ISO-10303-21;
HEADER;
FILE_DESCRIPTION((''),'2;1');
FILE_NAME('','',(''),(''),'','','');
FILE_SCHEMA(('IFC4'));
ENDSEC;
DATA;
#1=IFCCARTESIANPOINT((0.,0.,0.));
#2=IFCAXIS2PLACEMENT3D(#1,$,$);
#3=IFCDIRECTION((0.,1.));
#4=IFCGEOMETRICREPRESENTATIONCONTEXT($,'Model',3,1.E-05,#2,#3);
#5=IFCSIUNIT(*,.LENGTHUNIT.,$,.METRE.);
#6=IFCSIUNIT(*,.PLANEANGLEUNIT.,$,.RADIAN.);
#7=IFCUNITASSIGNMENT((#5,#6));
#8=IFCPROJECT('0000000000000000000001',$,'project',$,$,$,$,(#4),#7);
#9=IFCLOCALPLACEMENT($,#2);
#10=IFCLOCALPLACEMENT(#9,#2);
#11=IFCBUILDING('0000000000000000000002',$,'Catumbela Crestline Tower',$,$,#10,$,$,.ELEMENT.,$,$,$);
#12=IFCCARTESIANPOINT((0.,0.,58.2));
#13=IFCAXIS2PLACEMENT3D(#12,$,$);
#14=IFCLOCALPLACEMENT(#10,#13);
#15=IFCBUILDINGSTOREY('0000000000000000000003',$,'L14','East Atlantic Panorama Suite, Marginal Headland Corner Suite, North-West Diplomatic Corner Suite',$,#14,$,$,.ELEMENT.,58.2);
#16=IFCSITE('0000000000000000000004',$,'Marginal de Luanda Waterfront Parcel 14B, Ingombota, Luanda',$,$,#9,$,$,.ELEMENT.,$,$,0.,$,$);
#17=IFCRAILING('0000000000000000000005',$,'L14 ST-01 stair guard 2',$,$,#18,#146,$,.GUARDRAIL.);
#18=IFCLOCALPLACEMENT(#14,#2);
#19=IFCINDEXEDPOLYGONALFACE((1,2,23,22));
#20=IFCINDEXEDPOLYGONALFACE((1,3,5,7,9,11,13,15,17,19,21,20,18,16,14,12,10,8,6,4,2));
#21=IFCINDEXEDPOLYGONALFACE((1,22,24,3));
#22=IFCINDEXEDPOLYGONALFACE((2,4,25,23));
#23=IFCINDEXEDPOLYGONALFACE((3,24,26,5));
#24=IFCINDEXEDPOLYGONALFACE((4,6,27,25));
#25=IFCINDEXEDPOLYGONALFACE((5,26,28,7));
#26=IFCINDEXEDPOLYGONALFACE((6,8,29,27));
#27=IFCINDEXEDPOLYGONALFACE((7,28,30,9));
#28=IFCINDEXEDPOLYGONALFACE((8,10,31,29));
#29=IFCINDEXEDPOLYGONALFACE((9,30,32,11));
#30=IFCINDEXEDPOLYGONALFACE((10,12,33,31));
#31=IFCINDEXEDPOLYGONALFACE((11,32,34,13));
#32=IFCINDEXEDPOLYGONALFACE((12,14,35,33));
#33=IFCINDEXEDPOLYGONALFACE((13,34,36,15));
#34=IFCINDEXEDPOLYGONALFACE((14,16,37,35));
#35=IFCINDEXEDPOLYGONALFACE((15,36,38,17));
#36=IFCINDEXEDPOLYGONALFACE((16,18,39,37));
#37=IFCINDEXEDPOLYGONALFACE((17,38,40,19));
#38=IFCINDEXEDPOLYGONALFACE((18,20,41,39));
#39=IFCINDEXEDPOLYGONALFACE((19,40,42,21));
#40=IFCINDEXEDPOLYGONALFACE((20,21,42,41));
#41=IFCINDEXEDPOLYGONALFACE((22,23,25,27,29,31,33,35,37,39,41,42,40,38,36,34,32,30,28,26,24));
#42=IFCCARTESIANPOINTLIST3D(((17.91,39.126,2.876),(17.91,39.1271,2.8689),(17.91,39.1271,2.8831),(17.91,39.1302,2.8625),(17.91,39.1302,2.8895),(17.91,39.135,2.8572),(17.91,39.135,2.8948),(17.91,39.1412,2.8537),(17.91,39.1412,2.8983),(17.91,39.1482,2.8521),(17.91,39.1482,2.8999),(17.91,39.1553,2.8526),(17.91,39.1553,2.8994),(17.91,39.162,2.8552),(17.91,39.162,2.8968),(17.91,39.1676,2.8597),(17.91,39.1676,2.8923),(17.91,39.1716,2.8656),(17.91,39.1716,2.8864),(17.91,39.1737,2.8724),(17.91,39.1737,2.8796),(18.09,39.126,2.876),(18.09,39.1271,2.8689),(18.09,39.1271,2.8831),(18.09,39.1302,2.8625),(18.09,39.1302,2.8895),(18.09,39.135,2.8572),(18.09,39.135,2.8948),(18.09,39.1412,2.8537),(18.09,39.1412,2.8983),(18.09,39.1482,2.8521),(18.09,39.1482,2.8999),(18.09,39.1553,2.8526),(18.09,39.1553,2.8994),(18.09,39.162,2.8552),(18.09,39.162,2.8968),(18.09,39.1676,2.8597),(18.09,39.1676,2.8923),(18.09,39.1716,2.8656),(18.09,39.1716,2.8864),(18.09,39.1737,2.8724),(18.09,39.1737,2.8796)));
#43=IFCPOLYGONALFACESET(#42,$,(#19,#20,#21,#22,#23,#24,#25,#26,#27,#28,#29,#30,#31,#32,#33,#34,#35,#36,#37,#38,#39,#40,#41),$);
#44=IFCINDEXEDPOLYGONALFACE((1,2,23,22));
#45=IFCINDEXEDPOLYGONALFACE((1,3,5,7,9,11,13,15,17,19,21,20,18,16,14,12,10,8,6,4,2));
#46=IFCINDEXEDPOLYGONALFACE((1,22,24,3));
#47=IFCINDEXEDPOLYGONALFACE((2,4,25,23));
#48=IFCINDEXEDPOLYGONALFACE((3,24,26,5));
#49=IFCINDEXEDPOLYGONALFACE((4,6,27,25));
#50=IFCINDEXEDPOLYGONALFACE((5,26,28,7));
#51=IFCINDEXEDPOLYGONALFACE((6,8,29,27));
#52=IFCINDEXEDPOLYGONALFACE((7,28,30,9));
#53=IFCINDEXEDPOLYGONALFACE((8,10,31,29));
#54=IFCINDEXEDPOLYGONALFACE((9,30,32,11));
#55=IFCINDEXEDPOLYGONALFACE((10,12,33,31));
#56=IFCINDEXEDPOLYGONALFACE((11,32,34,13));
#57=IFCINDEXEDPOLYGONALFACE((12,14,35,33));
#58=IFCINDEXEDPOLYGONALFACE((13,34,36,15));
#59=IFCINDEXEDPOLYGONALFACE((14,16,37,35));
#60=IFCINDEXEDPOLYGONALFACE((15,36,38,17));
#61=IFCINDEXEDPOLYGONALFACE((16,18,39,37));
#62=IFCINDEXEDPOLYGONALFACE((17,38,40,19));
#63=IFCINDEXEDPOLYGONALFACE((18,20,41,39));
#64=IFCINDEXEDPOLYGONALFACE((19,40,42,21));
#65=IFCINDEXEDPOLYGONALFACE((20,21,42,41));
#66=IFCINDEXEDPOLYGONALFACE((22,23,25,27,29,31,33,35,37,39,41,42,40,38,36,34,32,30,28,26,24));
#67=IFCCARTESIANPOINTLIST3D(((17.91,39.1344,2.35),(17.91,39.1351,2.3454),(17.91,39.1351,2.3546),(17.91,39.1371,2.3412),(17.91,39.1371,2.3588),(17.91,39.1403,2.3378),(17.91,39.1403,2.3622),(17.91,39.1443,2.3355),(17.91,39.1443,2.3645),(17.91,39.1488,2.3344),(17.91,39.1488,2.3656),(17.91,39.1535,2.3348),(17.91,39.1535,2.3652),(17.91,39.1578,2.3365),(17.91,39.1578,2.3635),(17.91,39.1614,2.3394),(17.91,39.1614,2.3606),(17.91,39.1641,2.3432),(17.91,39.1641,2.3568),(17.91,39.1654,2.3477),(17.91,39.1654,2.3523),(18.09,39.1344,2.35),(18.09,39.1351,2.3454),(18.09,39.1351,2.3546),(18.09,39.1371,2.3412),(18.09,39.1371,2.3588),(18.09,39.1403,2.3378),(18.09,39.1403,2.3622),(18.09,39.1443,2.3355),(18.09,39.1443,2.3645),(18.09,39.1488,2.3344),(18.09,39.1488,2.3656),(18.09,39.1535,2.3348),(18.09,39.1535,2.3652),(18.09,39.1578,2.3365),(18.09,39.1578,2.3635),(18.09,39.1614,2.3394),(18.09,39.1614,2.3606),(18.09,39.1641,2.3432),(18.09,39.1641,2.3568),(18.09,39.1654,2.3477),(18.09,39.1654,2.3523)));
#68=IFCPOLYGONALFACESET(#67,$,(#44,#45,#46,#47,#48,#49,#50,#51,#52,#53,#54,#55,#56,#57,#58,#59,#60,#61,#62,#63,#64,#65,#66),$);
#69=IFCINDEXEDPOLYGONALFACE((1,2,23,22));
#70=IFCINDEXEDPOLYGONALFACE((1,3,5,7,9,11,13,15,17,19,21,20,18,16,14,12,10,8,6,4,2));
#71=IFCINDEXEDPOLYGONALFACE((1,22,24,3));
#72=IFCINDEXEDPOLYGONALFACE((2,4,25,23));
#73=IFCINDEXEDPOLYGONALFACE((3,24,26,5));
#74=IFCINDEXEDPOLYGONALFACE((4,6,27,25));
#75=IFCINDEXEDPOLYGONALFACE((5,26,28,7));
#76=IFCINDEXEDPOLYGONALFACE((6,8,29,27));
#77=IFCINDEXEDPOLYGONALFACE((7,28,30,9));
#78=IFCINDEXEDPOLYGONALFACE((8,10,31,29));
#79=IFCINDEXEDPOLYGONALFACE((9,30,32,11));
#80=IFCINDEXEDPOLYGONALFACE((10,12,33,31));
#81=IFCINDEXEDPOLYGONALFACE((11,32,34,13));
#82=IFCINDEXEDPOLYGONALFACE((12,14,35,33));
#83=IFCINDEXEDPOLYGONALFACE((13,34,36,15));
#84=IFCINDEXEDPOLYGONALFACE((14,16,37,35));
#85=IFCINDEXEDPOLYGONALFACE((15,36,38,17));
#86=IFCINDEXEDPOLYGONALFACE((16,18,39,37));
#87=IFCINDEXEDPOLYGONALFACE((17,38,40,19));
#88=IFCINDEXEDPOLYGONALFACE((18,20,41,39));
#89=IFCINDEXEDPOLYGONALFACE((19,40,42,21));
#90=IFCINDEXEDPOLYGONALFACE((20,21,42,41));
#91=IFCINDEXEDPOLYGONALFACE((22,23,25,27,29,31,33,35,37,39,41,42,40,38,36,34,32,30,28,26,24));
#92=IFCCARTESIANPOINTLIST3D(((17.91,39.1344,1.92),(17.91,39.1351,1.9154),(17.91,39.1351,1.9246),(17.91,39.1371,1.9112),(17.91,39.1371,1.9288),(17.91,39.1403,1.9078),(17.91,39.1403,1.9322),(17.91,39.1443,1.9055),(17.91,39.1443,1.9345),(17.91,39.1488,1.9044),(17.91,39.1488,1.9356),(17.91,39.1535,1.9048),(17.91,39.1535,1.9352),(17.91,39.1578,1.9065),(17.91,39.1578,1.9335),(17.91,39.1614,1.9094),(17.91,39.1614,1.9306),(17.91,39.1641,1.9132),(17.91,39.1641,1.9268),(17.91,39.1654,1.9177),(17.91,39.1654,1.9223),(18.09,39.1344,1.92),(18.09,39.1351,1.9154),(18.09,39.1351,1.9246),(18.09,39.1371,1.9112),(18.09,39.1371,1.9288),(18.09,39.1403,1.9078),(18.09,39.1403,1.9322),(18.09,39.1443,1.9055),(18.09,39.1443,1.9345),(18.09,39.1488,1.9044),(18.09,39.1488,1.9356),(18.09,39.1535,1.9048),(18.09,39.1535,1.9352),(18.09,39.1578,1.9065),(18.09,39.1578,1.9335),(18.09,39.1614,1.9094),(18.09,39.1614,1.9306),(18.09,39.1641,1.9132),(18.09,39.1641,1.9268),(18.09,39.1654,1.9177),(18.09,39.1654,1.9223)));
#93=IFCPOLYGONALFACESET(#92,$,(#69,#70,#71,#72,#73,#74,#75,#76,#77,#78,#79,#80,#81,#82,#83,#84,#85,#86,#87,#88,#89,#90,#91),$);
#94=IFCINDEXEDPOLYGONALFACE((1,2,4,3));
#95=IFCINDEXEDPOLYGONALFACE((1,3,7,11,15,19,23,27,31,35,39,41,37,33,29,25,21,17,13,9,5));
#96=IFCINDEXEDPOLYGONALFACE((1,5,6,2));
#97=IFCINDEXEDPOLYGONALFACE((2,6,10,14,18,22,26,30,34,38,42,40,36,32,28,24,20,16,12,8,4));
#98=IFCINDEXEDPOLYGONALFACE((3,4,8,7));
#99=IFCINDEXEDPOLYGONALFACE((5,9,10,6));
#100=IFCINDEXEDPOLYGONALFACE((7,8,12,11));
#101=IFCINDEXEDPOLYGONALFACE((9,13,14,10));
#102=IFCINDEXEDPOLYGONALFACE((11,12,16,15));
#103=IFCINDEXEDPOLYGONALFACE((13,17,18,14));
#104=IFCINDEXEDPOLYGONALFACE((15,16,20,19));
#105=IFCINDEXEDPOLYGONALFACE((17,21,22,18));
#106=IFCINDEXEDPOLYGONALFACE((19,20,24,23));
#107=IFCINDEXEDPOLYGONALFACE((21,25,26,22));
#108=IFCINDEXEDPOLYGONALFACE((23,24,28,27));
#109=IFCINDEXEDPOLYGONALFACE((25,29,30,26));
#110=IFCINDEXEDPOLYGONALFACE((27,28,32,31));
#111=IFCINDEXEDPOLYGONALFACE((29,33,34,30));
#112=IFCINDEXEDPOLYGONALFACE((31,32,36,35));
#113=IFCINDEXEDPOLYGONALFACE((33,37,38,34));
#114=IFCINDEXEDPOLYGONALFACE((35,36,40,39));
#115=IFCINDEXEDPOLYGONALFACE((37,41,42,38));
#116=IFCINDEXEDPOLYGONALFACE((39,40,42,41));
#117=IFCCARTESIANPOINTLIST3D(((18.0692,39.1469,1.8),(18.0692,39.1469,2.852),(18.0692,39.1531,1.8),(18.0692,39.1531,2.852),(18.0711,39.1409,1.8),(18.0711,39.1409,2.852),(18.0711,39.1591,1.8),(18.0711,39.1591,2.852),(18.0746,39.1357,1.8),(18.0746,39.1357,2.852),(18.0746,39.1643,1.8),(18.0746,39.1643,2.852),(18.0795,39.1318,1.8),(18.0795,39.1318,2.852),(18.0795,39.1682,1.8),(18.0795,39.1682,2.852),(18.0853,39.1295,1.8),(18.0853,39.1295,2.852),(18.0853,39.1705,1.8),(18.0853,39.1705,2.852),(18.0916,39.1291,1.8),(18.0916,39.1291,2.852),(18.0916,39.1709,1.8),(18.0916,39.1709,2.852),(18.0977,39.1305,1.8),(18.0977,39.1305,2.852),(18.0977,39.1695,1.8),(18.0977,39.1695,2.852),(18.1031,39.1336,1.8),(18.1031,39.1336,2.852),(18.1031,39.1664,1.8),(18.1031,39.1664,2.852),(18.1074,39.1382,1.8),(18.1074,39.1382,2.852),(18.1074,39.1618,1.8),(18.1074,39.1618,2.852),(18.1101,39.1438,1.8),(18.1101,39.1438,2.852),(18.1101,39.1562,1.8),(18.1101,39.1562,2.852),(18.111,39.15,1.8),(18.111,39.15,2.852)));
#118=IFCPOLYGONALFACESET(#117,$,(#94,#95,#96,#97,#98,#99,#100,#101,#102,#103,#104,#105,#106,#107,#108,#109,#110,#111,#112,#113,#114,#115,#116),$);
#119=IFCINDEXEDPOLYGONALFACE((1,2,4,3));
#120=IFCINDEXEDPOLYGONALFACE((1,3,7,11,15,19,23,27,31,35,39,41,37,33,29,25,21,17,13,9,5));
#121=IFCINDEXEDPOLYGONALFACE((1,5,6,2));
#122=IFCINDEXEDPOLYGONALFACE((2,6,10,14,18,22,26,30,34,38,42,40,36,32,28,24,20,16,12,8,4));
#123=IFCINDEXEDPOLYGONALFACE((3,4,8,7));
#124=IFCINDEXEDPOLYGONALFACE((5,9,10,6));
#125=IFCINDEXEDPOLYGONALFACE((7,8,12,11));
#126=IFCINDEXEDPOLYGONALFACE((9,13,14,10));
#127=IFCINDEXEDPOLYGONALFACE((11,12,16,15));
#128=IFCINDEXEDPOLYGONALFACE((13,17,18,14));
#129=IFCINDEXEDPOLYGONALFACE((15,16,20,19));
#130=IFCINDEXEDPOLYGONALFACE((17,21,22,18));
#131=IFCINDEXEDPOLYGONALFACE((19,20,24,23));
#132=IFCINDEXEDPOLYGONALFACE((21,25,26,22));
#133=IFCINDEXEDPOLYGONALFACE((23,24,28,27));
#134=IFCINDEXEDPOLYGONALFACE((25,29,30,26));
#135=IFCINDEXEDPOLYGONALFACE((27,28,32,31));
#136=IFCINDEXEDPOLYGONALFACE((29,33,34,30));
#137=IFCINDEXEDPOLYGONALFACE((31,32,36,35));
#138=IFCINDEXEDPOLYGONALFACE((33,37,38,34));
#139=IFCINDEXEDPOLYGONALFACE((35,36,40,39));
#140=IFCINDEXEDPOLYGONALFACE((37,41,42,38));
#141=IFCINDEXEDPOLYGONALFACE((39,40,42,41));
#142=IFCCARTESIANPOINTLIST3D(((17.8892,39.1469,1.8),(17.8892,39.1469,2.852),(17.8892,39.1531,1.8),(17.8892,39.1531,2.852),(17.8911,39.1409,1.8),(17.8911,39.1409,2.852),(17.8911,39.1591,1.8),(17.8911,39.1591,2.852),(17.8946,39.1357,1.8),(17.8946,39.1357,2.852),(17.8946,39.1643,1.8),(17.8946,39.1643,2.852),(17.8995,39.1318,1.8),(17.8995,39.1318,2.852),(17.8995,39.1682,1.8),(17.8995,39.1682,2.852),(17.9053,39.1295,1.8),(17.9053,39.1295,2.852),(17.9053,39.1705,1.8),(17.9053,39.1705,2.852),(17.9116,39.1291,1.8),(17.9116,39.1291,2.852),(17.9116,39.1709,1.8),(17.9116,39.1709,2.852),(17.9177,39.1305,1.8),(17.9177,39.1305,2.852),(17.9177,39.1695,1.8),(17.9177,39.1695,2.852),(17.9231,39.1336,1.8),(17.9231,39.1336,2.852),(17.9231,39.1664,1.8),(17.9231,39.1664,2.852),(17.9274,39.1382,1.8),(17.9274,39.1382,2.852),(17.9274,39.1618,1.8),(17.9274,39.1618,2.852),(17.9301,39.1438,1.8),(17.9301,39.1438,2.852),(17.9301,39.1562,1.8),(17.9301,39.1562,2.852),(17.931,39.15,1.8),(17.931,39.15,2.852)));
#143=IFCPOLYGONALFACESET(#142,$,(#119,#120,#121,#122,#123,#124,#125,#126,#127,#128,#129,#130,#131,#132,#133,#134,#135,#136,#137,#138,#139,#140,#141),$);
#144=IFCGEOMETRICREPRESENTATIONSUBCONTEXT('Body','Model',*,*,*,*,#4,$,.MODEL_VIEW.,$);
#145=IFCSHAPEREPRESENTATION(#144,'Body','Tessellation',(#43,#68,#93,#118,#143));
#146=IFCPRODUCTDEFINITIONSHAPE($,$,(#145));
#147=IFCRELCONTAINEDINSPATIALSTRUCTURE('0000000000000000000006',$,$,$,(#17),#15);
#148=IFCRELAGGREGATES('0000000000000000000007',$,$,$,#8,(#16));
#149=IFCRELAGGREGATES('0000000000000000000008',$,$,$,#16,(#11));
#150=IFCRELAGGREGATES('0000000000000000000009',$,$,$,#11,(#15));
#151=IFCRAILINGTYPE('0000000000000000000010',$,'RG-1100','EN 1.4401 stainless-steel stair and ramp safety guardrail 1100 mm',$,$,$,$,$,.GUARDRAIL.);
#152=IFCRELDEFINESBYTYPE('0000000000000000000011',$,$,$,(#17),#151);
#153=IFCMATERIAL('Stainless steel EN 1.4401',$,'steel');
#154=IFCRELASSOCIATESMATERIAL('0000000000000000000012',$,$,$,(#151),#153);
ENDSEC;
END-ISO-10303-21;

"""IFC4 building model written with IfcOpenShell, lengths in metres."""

from ifc_helpers import new_model, si_unit, direction, frame, origin, origin_2d, place, context, subcontext, project, spatial, circle, extrude, material, type_object, element, save


model = new_model("IFC4")

# Units and contexts
model_context = context("Model", 3, precision=1e-05, world=origin(), true_north=direction((0.0, 1.0)))
body_context = subcontext(model_context, "Body", "Model", "MODEL_VIEW")
ifc_project = project(units=[si_unit("LENGTHUNIT", "METRE"), si_unit("PLANEANGLEUNIT", "RADIAN")], contexts=[model_context])

# Site, building, storey
site_placement = place(None, origin())
site = spatial("IfcSite", under=ifc_project, at=site_placement, Name="Marginal de Luanda Waterfront Parcel 14B, Ingombota, Luanda", CompositionType="ELEMENT", RefElevation=0.0)
building_placement = place(site_placement, origin())
building = spatial("IfcBuilding", under=site, at=building_placement, Name="Catumbela Crestline Tower", CompositionType="ELEMENT")
storey_placement = place(building_placement, frame((0.0, 0.0, 58.2)))
storey = spatial("IfcBuildingStorey", under=building, at=storey_placement, Name="L14", Description="East Atlantic Panorama Suite, Marginal Headland Corner Suite, North-West Diplomatic Corner Suite", CompositionType="ELEMENT", Elevation=58.2)

# Railing
ifc_material_1 = material(Name="Stainless steel EN 1.4401", Category="steel")
railing_type_1 = type_object("IfcRailingType", Name="RG-1100", Description="EN 1.4401 stainless-steel stair and ramp safety guardrail 1100 mm", PredefinedType="GUARDRAIL", material=ifc_material_1)
railing_1_placement = place(storey_placement, frame((18.09, 39.15, 1.8)))
element("IfcRailing", 1, at=railing_1_placement, inside=storey, type_object=railing_type_1, Name="L14 ST-01 stair guard 2", PredefinedType="GUARDRAIL", context=body_context, shape_type="SweptSolid", body=[
    extrude(circle(Radius=0.024, at=origin_2d()), frame((0.0, 0.0, 1.076), z_axis=(-1.0, 0.0, 0.0), x_axis=(0.0, -1.0, 0.0)), (0.0, 0.0, 1.0), 0.18),
    extrude(circle(Radius=0.0156, at=origin_2d()), frame((0.0, 0.0, 0.55), z_axis=(-1.0, 0.0, 0.0), x_axis=(0.0, -1.0, 0.0)), (0.0, 0.0, 1.0), 0.18),
    extrude(circle(Radius=0.0156, at=origin_2d()), frame((0.0, 0.0, 0.12), z_axis=(-1.0, 0.0, 0.0), x_axis=(0.0, -1.0, 0.0)), (0.0, 0.0, 1.0), 0.18),
    extrude(circle(Radius=0.021, at=origin_2d()), origin(), (0.0, 0.0, 1.0), 1.052),
    extrude(circle(Radius=0.021, at=origin_2d()), frame((-0.18, 0.0, 0.0)), (0.0, 0.0, 1.0), 1.052),
])

save(model, "model.ifc")
